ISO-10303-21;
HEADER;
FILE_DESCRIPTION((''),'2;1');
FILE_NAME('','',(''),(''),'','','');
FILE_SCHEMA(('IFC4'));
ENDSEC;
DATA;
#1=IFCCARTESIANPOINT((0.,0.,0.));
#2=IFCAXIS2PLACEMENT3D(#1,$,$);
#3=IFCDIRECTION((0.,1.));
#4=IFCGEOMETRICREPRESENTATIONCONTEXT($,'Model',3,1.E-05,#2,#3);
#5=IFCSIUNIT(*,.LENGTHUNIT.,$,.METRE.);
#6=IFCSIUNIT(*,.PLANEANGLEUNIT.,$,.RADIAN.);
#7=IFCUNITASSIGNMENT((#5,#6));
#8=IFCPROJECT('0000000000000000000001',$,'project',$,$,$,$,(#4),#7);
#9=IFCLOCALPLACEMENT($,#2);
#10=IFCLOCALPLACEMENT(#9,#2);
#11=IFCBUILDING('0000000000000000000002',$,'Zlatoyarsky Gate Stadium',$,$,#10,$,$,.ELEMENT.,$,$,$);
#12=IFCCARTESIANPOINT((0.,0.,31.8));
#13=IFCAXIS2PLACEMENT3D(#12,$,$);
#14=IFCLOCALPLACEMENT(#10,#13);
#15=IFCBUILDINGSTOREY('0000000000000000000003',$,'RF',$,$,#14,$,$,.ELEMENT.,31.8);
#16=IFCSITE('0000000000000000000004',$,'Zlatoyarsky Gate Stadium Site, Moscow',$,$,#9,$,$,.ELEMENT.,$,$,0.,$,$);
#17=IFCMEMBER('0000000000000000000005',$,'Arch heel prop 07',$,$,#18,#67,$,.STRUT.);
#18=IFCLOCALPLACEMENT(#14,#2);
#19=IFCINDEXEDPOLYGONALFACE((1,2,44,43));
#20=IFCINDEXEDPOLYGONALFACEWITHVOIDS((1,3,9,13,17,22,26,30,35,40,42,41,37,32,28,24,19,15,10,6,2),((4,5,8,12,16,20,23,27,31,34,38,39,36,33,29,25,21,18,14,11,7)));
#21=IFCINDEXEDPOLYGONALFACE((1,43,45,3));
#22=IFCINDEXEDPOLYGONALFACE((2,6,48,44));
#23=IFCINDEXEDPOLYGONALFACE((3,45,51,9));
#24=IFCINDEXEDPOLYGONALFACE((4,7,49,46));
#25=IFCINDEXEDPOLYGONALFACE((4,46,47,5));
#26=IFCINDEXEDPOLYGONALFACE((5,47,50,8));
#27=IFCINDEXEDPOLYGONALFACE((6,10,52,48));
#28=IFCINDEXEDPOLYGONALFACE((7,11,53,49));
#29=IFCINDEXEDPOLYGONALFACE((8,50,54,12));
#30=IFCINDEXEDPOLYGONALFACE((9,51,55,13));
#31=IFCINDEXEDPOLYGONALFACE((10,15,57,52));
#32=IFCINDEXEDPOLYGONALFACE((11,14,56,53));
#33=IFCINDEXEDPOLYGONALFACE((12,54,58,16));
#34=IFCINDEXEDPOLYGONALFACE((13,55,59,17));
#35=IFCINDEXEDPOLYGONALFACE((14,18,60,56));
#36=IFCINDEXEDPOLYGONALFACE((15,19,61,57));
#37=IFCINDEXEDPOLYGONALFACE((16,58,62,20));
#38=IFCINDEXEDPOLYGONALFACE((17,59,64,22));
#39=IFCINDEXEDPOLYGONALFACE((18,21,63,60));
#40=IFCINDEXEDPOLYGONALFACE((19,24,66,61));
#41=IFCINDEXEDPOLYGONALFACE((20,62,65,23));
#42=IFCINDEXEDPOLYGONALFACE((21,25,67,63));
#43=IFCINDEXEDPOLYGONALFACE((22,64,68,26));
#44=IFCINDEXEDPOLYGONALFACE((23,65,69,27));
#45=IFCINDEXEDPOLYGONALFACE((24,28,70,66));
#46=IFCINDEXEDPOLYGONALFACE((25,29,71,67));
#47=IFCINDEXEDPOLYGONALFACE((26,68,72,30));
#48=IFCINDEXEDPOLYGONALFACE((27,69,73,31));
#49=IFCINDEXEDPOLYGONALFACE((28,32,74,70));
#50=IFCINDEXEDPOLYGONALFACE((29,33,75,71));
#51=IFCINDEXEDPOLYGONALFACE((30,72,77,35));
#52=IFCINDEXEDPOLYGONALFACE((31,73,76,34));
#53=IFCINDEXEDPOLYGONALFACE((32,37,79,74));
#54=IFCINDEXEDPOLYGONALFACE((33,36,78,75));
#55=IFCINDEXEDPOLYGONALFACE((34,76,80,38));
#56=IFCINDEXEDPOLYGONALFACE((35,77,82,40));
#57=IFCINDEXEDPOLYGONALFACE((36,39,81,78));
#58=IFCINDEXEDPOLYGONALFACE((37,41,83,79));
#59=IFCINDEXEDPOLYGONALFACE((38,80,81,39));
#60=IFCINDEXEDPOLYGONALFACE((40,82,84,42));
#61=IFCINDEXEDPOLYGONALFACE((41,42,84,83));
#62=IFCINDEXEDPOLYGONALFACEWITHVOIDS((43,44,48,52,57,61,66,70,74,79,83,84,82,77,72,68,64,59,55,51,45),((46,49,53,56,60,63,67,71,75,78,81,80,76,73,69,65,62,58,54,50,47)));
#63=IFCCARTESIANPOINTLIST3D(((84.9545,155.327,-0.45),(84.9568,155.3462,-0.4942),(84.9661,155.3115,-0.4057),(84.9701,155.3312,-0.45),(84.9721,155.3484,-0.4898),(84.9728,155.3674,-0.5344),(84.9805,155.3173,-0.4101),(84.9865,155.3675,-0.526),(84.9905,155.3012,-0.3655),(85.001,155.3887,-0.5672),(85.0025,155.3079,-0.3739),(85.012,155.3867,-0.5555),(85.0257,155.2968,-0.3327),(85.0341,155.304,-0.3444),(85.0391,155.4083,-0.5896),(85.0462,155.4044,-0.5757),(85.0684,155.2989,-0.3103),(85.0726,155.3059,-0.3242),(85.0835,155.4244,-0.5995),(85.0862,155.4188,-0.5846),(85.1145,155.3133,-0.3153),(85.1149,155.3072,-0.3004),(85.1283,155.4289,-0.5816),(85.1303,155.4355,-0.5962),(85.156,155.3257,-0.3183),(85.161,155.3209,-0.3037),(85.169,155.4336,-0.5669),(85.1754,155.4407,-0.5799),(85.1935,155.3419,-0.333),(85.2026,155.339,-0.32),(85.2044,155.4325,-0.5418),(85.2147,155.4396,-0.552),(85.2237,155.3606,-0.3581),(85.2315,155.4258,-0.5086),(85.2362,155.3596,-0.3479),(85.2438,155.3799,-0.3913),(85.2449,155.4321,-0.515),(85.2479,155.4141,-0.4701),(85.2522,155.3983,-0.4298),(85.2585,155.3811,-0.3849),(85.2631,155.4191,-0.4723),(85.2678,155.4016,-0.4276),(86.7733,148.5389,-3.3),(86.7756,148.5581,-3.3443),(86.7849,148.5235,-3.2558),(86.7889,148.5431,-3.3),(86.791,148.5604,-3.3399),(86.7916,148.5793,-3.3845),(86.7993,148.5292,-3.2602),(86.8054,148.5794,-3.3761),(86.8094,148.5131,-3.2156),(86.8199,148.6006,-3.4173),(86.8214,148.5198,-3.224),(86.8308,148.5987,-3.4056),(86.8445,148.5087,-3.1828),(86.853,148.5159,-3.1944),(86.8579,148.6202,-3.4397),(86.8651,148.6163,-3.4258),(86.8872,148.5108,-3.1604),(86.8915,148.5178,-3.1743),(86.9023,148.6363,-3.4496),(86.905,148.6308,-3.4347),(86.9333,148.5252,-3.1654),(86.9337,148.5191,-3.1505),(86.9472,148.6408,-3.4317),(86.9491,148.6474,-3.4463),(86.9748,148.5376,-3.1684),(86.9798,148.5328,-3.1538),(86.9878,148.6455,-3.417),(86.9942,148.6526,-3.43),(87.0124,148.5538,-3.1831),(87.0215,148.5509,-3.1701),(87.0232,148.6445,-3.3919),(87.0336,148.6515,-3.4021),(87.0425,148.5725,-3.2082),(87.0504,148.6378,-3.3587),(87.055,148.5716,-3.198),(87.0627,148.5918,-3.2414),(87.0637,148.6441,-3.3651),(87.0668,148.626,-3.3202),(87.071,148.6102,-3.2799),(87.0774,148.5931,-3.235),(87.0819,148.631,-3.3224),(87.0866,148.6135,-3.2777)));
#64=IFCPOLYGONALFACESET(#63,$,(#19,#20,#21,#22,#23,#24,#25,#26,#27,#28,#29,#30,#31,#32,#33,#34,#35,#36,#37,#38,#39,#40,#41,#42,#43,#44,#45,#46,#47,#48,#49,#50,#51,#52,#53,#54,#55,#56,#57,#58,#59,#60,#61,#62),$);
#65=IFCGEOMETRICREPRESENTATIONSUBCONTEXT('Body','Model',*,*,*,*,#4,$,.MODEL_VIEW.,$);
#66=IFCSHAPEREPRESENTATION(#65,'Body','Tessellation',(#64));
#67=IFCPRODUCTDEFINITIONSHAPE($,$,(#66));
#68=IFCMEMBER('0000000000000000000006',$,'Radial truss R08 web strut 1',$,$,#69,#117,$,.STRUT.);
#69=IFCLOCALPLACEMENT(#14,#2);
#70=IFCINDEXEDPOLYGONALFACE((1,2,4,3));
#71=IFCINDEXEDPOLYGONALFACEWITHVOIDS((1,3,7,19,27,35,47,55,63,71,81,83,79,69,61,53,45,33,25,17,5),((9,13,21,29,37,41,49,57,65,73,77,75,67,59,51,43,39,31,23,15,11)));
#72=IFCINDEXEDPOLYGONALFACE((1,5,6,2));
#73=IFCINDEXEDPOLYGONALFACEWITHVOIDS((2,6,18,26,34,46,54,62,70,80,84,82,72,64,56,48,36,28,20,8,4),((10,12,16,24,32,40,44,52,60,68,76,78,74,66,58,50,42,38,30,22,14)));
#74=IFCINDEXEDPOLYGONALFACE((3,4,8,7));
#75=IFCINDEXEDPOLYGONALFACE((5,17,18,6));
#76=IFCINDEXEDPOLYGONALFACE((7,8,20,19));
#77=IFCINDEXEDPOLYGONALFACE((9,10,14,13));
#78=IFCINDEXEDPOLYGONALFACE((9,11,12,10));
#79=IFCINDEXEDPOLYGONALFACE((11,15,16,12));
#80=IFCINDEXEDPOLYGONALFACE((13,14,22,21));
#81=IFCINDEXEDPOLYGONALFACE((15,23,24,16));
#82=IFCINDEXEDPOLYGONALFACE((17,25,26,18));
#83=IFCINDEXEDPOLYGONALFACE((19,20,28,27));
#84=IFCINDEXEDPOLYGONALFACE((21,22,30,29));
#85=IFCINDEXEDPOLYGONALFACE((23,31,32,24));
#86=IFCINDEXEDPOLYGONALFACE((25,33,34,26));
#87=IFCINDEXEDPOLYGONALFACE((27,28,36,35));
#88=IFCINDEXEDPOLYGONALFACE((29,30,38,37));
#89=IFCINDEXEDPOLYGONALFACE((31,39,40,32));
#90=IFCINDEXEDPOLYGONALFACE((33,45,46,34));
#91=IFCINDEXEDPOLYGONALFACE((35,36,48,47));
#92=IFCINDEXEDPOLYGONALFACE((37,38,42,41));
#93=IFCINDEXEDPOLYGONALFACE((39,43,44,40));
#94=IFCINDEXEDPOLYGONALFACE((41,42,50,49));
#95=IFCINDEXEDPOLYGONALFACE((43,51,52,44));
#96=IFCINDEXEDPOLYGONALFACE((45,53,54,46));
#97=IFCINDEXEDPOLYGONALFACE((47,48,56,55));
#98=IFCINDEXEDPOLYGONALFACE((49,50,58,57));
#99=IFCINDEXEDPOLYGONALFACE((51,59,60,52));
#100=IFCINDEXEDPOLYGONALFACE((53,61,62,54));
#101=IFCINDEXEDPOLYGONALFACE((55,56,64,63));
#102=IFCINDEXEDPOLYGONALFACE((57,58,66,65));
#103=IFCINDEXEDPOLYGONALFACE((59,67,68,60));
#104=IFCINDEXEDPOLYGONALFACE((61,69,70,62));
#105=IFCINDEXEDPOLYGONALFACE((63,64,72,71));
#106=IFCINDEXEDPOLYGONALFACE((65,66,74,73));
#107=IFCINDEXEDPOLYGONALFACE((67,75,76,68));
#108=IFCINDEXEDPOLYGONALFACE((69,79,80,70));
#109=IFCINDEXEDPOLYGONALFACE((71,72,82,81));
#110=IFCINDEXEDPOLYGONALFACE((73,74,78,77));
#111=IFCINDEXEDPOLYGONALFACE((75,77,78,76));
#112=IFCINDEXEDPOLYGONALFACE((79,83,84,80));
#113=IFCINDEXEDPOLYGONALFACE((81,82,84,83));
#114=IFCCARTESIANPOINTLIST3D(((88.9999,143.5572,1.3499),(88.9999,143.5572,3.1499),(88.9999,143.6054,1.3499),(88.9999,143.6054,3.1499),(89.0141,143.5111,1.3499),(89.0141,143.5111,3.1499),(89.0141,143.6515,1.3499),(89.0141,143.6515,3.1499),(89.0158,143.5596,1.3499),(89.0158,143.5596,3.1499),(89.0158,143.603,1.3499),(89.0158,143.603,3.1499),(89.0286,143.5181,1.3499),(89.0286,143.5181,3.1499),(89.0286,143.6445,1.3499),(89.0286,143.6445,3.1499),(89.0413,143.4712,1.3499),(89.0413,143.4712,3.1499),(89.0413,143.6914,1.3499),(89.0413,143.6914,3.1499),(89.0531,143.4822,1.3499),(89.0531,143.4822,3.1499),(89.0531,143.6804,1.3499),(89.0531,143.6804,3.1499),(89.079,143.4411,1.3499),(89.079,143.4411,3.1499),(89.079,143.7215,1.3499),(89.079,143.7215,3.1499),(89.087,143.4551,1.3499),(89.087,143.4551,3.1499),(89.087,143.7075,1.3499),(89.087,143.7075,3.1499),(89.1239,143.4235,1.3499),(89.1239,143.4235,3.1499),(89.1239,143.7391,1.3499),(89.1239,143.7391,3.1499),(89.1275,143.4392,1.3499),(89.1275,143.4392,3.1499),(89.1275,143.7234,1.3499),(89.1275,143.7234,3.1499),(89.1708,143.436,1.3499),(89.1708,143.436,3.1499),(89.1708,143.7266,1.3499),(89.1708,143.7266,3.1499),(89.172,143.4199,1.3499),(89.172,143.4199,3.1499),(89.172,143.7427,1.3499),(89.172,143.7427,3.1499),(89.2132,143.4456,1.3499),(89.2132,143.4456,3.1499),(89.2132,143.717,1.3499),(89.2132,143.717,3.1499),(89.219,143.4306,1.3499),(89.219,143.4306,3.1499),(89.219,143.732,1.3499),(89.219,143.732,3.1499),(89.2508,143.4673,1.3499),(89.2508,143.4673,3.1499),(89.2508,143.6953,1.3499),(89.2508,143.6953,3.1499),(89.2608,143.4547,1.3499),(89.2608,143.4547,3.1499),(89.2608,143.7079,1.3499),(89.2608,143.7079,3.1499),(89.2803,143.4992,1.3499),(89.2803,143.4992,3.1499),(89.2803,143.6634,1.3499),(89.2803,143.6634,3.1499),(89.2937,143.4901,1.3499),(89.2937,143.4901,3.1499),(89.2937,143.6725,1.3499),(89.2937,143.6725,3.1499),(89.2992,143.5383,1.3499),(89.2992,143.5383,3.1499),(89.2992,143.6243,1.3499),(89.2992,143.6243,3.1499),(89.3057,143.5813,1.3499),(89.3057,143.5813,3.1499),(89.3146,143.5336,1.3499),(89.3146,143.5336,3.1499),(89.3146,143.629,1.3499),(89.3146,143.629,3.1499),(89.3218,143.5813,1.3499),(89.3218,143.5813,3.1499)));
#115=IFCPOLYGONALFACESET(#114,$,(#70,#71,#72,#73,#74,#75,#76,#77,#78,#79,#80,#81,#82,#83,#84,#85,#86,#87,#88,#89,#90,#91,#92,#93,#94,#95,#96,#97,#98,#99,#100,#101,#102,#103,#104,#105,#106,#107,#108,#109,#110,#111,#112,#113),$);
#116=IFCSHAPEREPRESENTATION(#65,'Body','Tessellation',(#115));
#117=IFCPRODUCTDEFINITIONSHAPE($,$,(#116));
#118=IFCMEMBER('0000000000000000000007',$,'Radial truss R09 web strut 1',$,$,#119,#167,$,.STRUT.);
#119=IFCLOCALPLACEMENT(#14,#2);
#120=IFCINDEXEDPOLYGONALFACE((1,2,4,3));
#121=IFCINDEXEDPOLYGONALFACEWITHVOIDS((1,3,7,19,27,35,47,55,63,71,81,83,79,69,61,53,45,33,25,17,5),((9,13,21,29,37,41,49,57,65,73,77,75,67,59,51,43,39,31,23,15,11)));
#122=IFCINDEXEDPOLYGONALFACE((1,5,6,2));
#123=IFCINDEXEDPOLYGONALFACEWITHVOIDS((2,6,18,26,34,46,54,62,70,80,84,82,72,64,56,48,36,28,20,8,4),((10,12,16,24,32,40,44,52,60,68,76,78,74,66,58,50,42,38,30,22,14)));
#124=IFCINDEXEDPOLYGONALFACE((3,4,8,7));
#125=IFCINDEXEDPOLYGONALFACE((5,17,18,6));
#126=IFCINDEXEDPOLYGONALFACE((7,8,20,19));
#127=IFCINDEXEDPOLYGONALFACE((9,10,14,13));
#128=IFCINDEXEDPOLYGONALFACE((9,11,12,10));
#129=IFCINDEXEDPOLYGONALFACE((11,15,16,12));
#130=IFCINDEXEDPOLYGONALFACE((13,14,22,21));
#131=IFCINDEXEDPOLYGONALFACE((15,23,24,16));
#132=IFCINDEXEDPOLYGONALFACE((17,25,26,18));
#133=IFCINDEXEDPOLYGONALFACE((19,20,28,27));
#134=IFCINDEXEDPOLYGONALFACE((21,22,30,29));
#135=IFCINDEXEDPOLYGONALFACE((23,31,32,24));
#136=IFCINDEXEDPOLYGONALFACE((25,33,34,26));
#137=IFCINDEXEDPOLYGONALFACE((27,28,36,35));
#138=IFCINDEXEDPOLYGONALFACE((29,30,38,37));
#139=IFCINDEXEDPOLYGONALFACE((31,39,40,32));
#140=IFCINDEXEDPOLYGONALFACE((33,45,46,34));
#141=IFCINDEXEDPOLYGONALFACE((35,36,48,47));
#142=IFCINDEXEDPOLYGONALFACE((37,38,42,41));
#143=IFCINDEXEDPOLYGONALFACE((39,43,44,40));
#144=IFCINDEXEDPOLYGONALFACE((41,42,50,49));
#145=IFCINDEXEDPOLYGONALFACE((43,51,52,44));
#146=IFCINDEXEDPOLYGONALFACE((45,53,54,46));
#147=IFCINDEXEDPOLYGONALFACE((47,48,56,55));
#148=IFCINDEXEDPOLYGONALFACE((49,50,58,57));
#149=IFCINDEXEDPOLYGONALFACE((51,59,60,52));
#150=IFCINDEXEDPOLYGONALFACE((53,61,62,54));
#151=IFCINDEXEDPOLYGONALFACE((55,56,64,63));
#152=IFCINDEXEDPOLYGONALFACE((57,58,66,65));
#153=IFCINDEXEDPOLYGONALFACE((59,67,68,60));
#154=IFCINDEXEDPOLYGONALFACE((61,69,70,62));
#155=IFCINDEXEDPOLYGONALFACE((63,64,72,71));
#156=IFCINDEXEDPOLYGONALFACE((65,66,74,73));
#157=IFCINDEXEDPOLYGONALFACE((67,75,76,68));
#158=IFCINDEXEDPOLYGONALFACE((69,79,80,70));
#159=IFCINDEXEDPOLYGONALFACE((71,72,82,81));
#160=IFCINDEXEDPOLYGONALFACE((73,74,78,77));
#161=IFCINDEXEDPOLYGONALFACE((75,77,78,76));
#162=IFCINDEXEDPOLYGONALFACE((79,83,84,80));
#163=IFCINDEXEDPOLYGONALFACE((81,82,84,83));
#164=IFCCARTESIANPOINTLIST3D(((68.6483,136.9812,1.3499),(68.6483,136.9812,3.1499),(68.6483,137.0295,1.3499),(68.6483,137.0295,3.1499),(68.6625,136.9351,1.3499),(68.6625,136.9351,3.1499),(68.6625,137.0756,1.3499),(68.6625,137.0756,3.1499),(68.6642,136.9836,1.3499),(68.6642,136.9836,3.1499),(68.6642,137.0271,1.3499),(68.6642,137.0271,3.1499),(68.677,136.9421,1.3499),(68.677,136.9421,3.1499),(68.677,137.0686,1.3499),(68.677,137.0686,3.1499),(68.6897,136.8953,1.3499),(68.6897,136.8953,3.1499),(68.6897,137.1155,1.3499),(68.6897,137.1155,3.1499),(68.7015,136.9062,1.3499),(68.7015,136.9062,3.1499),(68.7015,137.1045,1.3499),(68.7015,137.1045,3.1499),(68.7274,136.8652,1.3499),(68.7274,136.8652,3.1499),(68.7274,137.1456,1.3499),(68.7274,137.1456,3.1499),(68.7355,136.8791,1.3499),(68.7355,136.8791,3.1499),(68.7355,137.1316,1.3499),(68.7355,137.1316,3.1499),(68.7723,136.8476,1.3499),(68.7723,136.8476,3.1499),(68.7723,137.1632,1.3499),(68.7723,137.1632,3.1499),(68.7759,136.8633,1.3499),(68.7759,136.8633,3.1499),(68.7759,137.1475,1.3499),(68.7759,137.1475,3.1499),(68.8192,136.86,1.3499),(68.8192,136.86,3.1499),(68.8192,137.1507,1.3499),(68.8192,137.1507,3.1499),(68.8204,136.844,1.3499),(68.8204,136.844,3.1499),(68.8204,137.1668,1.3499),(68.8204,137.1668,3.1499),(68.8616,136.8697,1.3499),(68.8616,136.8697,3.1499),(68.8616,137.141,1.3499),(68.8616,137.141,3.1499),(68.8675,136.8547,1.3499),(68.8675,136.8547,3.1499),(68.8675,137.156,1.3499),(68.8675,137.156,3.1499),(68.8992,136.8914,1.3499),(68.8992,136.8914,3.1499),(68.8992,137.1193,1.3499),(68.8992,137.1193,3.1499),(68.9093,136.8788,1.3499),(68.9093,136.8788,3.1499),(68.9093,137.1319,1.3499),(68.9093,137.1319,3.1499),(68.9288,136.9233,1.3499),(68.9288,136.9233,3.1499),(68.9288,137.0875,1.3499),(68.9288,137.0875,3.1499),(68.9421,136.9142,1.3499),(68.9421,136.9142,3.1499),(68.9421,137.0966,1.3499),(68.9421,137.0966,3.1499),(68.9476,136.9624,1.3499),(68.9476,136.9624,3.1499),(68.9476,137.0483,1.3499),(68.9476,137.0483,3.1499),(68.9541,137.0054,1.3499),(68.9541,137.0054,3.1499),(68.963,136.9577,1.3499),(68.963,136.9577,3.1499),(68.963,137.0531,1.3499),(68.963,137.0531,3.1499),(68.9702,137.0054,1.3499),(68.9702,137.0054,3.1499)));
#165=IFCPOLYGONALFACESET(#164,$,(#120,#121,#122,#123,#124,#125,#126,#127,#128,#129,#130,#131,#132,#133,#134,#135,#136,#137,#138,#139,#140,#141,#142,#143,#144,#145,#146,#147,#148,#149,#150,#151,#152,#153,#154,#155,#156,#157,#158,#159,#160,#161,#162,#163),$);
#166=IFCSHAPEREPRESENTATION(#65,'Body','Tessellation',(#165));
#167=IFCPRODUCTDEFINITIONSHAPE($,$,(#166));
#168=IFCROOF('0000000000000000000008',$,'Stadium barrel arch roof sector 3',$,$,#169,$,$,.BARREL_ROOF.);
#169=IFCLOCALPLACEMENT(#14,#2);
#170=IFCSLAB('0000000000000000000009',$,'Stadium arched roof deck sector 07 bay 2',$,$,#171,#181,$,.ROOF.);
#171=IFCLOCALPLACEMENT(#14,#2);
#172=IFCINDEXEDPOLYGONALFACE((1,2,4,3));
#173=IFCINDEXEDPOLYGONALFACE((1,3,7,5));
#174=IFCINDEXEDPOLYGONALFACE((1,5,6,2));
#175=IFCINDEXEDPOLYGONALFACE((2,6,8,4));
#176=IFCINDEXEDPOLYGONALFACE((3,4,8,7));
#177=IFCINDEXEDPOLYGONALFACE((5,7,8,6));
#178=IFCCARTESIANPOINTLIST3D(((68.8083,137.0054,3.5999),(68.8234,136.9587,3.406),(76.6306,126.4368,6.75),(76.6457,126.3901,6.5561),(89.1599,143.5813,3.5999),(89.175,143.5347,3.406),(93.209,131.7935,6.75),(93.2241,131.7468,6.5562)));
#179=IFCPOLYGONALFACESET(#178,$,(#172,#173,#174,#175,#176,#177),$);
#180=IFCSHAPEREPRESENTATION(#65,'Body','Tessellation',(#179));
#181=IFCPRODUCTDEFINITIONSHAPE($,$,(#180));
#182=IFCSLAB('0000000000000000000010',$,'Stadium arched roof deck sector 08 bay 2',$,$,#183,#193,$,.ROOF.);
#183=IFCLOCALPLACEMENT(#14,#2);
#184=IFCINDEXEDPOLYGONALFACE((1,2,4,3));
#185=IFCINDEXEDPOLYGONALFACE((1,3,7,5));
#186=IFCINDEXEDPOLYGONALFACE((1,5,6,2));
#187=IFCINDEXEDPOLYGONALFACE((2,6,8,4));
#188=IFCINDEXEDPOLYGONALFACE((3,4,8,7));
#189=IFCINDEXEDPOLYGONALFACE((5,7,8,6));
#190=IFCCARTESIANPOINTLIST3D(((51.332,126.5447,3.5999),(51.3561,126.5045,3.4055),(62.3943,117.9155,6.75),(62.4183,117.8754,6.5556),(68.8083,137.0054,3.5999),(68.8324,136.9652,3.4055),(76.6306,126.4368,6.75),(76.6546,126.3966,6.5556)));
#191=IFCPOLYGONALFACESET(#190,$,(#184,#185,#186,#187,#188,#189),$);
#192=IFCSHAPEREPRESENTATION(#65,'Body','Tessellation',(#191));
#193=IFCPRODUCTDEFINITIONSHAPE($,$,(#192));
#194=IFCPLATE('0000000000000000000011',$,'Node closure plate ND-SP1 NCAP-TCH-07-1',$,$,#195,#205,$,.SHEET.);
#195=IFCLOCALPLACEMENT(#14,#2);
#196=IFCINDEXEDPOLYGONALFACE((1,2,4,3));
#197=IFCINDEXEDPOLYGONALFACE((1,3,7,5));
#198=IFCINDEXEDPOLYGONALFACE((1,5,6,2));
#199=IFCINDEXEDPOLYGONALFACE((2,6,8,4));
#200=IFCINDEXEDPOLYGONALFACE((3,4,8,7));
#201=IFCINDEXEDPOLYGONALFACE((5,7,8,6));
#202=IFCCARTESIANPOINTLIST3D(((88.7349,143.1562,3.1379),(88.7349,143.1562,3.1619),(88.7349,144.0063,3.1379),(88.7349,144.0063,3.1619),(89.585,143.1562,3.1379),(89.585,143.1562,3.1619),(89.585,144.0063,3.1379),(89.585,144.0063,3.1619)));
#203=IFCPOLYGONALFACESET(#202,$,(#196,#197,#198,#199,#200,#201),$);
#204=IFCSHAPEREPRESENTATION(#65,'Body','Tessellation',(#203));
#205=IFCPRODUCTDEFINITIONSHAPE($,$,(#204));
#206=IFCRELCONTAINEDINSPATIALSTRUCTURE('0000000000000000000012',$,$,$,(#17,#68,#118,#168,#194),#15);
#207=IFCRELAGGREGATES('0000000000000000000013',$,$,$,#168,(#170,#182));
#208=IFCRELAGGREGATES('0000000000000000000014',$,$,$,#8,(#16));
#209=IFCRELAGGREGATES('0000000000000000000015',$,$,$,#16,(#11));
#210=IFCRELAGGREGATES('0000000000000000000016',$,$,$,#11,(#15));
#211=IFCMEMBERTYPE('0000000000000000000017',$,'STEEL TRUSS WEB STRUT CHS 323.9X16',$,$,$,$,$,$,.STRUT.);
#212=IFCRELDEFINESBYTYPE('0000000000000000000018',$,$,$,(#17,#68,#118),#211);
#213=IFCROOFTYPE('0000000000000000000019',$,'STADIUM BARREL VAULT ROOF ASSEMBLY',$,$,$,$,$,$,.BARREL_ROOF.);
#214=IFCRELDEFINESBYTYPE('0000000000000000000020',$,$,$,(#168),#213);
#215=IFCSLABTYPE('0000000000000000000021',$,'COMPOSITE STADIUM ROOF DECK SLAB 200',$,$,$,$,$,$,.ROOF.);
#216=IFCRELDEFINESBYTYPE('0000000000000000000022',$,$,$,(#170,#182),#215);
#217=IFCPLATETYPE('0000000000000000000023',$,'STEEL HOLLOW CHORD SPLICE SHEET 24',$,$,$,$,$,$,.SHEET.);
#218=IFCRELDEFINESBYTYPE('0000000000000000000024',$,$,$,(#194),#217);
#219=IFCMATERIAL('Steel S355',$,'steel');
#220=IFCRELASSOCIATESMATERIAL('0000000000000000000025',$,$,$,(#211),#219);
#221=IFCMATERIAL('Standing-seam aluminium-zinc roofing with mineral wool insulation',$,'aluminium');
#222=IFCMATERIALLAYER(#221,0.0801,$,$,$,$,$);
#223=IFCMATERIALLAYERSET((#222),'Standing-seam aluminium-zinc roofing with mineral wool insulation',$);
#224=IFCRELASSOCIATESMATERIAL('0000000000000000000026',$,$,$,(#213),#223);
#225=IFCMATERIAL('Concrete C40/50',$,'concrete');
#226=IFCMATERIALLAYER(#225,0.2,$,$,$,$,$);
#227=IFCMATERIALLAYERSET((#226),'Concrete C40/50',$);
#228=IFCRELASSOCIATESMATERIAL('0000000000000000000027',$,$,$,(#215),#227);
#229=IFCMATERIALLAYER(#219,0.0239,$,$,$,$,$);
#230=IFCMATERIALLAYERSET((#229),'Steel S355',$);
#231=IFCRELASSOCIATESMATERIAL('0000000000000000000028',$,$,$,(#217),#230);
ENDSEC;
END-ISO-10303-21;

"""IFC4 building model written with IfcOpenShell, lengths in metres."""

from ifc_helpers import new_model, si_unit, direction, frame, origin, origin_2d, place, context, subcontext, project, spatial, polyline, rectangle, hollow_circle, outline, extrude, material, layer, layer_set, material_profile, profile_set, type_object, element, aggregate, save


model = new_model("IFC4")

# Units and contexts
model_context = context("Model", 3, precision=1e-05, world=origin(), true_north=direction((0.0, 1.0)))
body_context = subcontext(model_context, "Body", "Model", "MODEL_VIEW")
ifc_project = project(units=[si_unit("LENGTHUNIT", "METRE"), si_unit("PLANEANGLEUNIT", "RADIAN")], contexts=[model_context])

# Site, building, storey
site_placement = place(None, origin())
site = spatial("IfcSite", under=ifc_project, at=site_placement, Name="Zlatoyarsky Gate Stadium Site, Moscow", CompositionType="ELEMENT", RefElevation=0.0)
building_placement = place(site_placement, origin())
building = spatial("IfcBuilding", under=site, at=building_placement, Name="Zlatoyarsky Gate Stadium", CompositionType="ELEMENT")
storey_placement = place(building_placement, frame((0.0, 0.0, 31.8)))
storey = spatial("IfcBuildingStorey", under=building, at=storey_placement, Name="RF", CompositionType="ELEMENT", Elevation=31.8)

# Shared definitions
ifc_material_1 = material(Name="Steel S355", Category="steel")

# Members
ifc_material_profile_1 = material_profile(ifc_material_1, hollow_circle(Radius=0.1619, WallThickness=0.0161, at=origin_2d()), Name="CHS 323.9X16")
ifc_profile_set_1 = profile_set([ifc_material_profile_1], Name="Steel S355")
member_type_1 = type_object("IfcMemberType", Name="STEEL TRUSS WEB STRUT CHS 323.9X16", PredefinedType="STRUT", material=ifc_profile_set_1)
member_1_placement = place(storey_placement, frame((86.9297, 148.5808, -3.3), z_axis=(-0.239843, 0.895113, 0.375829), x_axis=(-0.965926, -0.258817, 0.0)))
element("IfcMember", 1, at=member_1_placement, inside=storey, type_object=member_type_1, Name="Arch heel prop 07", PredefinedType="STRUT", context=body_context, shape_type="SweptSolid", body=[
    extrude(hollow_circle(Radius=0.1619, WallThickness=0.0161, at=origin_2d()), origin(), (0.0, 0.0, 1.0), 7.5835),
])
for number, where, z_axis, x_axis, name in (
    (2, (89.1599, 143.5813, 1.3499), (0.0, 0.0, 1.0), (1.0, 0.0, 0.0), "Radial truss R08 web strut 1"),
    (3, (68.8083, 137.0054, 1.3499), (0.0, 0.0, 1.0), (1.0, 0.0, 0.0), "Radial truss R09 web strut 1"),
):
    element("IfcMember", number, at=place(storey_placement, frame(where, z_axis=z_axis, x_axis=x_axis)), inside=storey, type_object=member_type_1, Name=name, PredefinedType="STRUT", context=body_context, shape_type="SweptSolid", body=[
        extrude(hollow_circle(Radius=0.1619, WallThickness=0.0161, at=origin_2d()), origin(), (0.0, 0.0, 1.0), 1.8),
    ])

# Roof, slabs
ifc_material_2 = material(Name="Standing-seam aluminium-zinc roofing with mineral wool insulation", Category="aluminium")
ifc_layer_1 = layer(ifc_material_2, 0.0801)
ifc_layer_set_1 = layer_set([ifc_layer_1], Name="Standing-seam aluminium-zinc roofing with mineral wool insulation")
roof_type = type_object("IfcRoofType", Name="STADIUM BARREL VAULT ROOF ASSEMBLY", PredefinedType="BARREL_ROOF", material=ifc_layer_set_1)
roof_placement = place(storey_placement, origin())
roof = element("IfcRoof", 4, at=roof_placement, inside=storey, type_object=roof_type, Name="Stadium barrel arch roof sector 3", PredefinedType="BARREL_ROOF")
ifc_material_3 = material(Name="Concrete C40/50", Category="concrete")
ifc_layer_2 = layer(ifc_material_3, 0.2)
ifc_layer_set_2 = layer_set([ifc_layer_2], Name="Concrete C40/50")
slab_type = type_object("IfcSlabType", Name="COMPOSITE STADIUM ROOF DECK SLAB 200", PredefinedType="ROOF", material=ifc_layer_set_2)
slab_1_placement = place(storey_placement, frame((89.1599, 143.5813, 3.5999), z_axis=(-0.075352, 0.233205, 0.969504), x_axis=(-0.95156, -0.307465, 0.0)))
slab_1 = element("IfcSlab", 5, at=slab_1_placement, type_object=slab_type, Name="Stadium arched roof deck sector 07 bay 2", PredefinedType="ROOF", context=body_context, shape_type="SweptSolid", body=[
    extrude(outline(polyline([(0.0, 0.0), (21.3876, 0.0), (17.1937, 12.8537), (-0.2286, 12.8538), (0.0, 0.0)])), origin(), (0.0, 0.0, -1.0), 0.2),
])
slab_2_placement = place(storey_placement, frame((68.8083, 137.0054, 3.5999), z_axis=(-0.120204, 0.200821, 0.972225), x_axis=(-0.858036, -0.513589, 0.000001)))
slab_2 = element("IfcSlab", 6, at=slab_2_placement, type_object=slab_type, Name="Stadium arched roof deck sector 08 bay 2", PredefinedType="ROOF", context=body_context, shape_type="SweptSolid", body=[
    extrude(outline(polyline([(0.0, 0.0), (20.3678, 0.0), (15.3078, 13.4594), (-1.2839, 13.4595), (0.0, 0.0)])), origin(), (0.0, 0.0, -1.0), 0.2),
])

# Plate
ifc_layer_3 = layer(ifc_material_1, 0.0239)
ifc_layer_set_3 = layer_set([ifc_layer_3], Name="Steel S355")
plate_type_1 = type_object("IfcPlateType", Name="STEEL HOLLOW CHORD SPLICE SHEET 24", PredefinedType="SHEET", material=ifc_layer_set_3)
plate_1_placement = place(storey_placement, frame((89.1599, 143.5813, 3.1379), z_axis=(0.0, 0.0, 1.0), x_axis=(1.0, 0.0, 0.0)))
element("IfcPlate", 7, at=plate_1_placement, inside=storey, type_object=plate_type_1, Name="Node closure plate ND-SP1 NCAP-TCH-07-1", PredefinedType="SHEET", context=body_context, shape_type="SweptSolid", body=[
    extrude(rectangle(XDim=0.8501, YDim=0.8501, at=origin_2d()), origin(), (0.0, 0.0, 1.0), 0.0239),
])

aggregate(roof, [slab_1, slab_2])

save(model, "model.ifc")
